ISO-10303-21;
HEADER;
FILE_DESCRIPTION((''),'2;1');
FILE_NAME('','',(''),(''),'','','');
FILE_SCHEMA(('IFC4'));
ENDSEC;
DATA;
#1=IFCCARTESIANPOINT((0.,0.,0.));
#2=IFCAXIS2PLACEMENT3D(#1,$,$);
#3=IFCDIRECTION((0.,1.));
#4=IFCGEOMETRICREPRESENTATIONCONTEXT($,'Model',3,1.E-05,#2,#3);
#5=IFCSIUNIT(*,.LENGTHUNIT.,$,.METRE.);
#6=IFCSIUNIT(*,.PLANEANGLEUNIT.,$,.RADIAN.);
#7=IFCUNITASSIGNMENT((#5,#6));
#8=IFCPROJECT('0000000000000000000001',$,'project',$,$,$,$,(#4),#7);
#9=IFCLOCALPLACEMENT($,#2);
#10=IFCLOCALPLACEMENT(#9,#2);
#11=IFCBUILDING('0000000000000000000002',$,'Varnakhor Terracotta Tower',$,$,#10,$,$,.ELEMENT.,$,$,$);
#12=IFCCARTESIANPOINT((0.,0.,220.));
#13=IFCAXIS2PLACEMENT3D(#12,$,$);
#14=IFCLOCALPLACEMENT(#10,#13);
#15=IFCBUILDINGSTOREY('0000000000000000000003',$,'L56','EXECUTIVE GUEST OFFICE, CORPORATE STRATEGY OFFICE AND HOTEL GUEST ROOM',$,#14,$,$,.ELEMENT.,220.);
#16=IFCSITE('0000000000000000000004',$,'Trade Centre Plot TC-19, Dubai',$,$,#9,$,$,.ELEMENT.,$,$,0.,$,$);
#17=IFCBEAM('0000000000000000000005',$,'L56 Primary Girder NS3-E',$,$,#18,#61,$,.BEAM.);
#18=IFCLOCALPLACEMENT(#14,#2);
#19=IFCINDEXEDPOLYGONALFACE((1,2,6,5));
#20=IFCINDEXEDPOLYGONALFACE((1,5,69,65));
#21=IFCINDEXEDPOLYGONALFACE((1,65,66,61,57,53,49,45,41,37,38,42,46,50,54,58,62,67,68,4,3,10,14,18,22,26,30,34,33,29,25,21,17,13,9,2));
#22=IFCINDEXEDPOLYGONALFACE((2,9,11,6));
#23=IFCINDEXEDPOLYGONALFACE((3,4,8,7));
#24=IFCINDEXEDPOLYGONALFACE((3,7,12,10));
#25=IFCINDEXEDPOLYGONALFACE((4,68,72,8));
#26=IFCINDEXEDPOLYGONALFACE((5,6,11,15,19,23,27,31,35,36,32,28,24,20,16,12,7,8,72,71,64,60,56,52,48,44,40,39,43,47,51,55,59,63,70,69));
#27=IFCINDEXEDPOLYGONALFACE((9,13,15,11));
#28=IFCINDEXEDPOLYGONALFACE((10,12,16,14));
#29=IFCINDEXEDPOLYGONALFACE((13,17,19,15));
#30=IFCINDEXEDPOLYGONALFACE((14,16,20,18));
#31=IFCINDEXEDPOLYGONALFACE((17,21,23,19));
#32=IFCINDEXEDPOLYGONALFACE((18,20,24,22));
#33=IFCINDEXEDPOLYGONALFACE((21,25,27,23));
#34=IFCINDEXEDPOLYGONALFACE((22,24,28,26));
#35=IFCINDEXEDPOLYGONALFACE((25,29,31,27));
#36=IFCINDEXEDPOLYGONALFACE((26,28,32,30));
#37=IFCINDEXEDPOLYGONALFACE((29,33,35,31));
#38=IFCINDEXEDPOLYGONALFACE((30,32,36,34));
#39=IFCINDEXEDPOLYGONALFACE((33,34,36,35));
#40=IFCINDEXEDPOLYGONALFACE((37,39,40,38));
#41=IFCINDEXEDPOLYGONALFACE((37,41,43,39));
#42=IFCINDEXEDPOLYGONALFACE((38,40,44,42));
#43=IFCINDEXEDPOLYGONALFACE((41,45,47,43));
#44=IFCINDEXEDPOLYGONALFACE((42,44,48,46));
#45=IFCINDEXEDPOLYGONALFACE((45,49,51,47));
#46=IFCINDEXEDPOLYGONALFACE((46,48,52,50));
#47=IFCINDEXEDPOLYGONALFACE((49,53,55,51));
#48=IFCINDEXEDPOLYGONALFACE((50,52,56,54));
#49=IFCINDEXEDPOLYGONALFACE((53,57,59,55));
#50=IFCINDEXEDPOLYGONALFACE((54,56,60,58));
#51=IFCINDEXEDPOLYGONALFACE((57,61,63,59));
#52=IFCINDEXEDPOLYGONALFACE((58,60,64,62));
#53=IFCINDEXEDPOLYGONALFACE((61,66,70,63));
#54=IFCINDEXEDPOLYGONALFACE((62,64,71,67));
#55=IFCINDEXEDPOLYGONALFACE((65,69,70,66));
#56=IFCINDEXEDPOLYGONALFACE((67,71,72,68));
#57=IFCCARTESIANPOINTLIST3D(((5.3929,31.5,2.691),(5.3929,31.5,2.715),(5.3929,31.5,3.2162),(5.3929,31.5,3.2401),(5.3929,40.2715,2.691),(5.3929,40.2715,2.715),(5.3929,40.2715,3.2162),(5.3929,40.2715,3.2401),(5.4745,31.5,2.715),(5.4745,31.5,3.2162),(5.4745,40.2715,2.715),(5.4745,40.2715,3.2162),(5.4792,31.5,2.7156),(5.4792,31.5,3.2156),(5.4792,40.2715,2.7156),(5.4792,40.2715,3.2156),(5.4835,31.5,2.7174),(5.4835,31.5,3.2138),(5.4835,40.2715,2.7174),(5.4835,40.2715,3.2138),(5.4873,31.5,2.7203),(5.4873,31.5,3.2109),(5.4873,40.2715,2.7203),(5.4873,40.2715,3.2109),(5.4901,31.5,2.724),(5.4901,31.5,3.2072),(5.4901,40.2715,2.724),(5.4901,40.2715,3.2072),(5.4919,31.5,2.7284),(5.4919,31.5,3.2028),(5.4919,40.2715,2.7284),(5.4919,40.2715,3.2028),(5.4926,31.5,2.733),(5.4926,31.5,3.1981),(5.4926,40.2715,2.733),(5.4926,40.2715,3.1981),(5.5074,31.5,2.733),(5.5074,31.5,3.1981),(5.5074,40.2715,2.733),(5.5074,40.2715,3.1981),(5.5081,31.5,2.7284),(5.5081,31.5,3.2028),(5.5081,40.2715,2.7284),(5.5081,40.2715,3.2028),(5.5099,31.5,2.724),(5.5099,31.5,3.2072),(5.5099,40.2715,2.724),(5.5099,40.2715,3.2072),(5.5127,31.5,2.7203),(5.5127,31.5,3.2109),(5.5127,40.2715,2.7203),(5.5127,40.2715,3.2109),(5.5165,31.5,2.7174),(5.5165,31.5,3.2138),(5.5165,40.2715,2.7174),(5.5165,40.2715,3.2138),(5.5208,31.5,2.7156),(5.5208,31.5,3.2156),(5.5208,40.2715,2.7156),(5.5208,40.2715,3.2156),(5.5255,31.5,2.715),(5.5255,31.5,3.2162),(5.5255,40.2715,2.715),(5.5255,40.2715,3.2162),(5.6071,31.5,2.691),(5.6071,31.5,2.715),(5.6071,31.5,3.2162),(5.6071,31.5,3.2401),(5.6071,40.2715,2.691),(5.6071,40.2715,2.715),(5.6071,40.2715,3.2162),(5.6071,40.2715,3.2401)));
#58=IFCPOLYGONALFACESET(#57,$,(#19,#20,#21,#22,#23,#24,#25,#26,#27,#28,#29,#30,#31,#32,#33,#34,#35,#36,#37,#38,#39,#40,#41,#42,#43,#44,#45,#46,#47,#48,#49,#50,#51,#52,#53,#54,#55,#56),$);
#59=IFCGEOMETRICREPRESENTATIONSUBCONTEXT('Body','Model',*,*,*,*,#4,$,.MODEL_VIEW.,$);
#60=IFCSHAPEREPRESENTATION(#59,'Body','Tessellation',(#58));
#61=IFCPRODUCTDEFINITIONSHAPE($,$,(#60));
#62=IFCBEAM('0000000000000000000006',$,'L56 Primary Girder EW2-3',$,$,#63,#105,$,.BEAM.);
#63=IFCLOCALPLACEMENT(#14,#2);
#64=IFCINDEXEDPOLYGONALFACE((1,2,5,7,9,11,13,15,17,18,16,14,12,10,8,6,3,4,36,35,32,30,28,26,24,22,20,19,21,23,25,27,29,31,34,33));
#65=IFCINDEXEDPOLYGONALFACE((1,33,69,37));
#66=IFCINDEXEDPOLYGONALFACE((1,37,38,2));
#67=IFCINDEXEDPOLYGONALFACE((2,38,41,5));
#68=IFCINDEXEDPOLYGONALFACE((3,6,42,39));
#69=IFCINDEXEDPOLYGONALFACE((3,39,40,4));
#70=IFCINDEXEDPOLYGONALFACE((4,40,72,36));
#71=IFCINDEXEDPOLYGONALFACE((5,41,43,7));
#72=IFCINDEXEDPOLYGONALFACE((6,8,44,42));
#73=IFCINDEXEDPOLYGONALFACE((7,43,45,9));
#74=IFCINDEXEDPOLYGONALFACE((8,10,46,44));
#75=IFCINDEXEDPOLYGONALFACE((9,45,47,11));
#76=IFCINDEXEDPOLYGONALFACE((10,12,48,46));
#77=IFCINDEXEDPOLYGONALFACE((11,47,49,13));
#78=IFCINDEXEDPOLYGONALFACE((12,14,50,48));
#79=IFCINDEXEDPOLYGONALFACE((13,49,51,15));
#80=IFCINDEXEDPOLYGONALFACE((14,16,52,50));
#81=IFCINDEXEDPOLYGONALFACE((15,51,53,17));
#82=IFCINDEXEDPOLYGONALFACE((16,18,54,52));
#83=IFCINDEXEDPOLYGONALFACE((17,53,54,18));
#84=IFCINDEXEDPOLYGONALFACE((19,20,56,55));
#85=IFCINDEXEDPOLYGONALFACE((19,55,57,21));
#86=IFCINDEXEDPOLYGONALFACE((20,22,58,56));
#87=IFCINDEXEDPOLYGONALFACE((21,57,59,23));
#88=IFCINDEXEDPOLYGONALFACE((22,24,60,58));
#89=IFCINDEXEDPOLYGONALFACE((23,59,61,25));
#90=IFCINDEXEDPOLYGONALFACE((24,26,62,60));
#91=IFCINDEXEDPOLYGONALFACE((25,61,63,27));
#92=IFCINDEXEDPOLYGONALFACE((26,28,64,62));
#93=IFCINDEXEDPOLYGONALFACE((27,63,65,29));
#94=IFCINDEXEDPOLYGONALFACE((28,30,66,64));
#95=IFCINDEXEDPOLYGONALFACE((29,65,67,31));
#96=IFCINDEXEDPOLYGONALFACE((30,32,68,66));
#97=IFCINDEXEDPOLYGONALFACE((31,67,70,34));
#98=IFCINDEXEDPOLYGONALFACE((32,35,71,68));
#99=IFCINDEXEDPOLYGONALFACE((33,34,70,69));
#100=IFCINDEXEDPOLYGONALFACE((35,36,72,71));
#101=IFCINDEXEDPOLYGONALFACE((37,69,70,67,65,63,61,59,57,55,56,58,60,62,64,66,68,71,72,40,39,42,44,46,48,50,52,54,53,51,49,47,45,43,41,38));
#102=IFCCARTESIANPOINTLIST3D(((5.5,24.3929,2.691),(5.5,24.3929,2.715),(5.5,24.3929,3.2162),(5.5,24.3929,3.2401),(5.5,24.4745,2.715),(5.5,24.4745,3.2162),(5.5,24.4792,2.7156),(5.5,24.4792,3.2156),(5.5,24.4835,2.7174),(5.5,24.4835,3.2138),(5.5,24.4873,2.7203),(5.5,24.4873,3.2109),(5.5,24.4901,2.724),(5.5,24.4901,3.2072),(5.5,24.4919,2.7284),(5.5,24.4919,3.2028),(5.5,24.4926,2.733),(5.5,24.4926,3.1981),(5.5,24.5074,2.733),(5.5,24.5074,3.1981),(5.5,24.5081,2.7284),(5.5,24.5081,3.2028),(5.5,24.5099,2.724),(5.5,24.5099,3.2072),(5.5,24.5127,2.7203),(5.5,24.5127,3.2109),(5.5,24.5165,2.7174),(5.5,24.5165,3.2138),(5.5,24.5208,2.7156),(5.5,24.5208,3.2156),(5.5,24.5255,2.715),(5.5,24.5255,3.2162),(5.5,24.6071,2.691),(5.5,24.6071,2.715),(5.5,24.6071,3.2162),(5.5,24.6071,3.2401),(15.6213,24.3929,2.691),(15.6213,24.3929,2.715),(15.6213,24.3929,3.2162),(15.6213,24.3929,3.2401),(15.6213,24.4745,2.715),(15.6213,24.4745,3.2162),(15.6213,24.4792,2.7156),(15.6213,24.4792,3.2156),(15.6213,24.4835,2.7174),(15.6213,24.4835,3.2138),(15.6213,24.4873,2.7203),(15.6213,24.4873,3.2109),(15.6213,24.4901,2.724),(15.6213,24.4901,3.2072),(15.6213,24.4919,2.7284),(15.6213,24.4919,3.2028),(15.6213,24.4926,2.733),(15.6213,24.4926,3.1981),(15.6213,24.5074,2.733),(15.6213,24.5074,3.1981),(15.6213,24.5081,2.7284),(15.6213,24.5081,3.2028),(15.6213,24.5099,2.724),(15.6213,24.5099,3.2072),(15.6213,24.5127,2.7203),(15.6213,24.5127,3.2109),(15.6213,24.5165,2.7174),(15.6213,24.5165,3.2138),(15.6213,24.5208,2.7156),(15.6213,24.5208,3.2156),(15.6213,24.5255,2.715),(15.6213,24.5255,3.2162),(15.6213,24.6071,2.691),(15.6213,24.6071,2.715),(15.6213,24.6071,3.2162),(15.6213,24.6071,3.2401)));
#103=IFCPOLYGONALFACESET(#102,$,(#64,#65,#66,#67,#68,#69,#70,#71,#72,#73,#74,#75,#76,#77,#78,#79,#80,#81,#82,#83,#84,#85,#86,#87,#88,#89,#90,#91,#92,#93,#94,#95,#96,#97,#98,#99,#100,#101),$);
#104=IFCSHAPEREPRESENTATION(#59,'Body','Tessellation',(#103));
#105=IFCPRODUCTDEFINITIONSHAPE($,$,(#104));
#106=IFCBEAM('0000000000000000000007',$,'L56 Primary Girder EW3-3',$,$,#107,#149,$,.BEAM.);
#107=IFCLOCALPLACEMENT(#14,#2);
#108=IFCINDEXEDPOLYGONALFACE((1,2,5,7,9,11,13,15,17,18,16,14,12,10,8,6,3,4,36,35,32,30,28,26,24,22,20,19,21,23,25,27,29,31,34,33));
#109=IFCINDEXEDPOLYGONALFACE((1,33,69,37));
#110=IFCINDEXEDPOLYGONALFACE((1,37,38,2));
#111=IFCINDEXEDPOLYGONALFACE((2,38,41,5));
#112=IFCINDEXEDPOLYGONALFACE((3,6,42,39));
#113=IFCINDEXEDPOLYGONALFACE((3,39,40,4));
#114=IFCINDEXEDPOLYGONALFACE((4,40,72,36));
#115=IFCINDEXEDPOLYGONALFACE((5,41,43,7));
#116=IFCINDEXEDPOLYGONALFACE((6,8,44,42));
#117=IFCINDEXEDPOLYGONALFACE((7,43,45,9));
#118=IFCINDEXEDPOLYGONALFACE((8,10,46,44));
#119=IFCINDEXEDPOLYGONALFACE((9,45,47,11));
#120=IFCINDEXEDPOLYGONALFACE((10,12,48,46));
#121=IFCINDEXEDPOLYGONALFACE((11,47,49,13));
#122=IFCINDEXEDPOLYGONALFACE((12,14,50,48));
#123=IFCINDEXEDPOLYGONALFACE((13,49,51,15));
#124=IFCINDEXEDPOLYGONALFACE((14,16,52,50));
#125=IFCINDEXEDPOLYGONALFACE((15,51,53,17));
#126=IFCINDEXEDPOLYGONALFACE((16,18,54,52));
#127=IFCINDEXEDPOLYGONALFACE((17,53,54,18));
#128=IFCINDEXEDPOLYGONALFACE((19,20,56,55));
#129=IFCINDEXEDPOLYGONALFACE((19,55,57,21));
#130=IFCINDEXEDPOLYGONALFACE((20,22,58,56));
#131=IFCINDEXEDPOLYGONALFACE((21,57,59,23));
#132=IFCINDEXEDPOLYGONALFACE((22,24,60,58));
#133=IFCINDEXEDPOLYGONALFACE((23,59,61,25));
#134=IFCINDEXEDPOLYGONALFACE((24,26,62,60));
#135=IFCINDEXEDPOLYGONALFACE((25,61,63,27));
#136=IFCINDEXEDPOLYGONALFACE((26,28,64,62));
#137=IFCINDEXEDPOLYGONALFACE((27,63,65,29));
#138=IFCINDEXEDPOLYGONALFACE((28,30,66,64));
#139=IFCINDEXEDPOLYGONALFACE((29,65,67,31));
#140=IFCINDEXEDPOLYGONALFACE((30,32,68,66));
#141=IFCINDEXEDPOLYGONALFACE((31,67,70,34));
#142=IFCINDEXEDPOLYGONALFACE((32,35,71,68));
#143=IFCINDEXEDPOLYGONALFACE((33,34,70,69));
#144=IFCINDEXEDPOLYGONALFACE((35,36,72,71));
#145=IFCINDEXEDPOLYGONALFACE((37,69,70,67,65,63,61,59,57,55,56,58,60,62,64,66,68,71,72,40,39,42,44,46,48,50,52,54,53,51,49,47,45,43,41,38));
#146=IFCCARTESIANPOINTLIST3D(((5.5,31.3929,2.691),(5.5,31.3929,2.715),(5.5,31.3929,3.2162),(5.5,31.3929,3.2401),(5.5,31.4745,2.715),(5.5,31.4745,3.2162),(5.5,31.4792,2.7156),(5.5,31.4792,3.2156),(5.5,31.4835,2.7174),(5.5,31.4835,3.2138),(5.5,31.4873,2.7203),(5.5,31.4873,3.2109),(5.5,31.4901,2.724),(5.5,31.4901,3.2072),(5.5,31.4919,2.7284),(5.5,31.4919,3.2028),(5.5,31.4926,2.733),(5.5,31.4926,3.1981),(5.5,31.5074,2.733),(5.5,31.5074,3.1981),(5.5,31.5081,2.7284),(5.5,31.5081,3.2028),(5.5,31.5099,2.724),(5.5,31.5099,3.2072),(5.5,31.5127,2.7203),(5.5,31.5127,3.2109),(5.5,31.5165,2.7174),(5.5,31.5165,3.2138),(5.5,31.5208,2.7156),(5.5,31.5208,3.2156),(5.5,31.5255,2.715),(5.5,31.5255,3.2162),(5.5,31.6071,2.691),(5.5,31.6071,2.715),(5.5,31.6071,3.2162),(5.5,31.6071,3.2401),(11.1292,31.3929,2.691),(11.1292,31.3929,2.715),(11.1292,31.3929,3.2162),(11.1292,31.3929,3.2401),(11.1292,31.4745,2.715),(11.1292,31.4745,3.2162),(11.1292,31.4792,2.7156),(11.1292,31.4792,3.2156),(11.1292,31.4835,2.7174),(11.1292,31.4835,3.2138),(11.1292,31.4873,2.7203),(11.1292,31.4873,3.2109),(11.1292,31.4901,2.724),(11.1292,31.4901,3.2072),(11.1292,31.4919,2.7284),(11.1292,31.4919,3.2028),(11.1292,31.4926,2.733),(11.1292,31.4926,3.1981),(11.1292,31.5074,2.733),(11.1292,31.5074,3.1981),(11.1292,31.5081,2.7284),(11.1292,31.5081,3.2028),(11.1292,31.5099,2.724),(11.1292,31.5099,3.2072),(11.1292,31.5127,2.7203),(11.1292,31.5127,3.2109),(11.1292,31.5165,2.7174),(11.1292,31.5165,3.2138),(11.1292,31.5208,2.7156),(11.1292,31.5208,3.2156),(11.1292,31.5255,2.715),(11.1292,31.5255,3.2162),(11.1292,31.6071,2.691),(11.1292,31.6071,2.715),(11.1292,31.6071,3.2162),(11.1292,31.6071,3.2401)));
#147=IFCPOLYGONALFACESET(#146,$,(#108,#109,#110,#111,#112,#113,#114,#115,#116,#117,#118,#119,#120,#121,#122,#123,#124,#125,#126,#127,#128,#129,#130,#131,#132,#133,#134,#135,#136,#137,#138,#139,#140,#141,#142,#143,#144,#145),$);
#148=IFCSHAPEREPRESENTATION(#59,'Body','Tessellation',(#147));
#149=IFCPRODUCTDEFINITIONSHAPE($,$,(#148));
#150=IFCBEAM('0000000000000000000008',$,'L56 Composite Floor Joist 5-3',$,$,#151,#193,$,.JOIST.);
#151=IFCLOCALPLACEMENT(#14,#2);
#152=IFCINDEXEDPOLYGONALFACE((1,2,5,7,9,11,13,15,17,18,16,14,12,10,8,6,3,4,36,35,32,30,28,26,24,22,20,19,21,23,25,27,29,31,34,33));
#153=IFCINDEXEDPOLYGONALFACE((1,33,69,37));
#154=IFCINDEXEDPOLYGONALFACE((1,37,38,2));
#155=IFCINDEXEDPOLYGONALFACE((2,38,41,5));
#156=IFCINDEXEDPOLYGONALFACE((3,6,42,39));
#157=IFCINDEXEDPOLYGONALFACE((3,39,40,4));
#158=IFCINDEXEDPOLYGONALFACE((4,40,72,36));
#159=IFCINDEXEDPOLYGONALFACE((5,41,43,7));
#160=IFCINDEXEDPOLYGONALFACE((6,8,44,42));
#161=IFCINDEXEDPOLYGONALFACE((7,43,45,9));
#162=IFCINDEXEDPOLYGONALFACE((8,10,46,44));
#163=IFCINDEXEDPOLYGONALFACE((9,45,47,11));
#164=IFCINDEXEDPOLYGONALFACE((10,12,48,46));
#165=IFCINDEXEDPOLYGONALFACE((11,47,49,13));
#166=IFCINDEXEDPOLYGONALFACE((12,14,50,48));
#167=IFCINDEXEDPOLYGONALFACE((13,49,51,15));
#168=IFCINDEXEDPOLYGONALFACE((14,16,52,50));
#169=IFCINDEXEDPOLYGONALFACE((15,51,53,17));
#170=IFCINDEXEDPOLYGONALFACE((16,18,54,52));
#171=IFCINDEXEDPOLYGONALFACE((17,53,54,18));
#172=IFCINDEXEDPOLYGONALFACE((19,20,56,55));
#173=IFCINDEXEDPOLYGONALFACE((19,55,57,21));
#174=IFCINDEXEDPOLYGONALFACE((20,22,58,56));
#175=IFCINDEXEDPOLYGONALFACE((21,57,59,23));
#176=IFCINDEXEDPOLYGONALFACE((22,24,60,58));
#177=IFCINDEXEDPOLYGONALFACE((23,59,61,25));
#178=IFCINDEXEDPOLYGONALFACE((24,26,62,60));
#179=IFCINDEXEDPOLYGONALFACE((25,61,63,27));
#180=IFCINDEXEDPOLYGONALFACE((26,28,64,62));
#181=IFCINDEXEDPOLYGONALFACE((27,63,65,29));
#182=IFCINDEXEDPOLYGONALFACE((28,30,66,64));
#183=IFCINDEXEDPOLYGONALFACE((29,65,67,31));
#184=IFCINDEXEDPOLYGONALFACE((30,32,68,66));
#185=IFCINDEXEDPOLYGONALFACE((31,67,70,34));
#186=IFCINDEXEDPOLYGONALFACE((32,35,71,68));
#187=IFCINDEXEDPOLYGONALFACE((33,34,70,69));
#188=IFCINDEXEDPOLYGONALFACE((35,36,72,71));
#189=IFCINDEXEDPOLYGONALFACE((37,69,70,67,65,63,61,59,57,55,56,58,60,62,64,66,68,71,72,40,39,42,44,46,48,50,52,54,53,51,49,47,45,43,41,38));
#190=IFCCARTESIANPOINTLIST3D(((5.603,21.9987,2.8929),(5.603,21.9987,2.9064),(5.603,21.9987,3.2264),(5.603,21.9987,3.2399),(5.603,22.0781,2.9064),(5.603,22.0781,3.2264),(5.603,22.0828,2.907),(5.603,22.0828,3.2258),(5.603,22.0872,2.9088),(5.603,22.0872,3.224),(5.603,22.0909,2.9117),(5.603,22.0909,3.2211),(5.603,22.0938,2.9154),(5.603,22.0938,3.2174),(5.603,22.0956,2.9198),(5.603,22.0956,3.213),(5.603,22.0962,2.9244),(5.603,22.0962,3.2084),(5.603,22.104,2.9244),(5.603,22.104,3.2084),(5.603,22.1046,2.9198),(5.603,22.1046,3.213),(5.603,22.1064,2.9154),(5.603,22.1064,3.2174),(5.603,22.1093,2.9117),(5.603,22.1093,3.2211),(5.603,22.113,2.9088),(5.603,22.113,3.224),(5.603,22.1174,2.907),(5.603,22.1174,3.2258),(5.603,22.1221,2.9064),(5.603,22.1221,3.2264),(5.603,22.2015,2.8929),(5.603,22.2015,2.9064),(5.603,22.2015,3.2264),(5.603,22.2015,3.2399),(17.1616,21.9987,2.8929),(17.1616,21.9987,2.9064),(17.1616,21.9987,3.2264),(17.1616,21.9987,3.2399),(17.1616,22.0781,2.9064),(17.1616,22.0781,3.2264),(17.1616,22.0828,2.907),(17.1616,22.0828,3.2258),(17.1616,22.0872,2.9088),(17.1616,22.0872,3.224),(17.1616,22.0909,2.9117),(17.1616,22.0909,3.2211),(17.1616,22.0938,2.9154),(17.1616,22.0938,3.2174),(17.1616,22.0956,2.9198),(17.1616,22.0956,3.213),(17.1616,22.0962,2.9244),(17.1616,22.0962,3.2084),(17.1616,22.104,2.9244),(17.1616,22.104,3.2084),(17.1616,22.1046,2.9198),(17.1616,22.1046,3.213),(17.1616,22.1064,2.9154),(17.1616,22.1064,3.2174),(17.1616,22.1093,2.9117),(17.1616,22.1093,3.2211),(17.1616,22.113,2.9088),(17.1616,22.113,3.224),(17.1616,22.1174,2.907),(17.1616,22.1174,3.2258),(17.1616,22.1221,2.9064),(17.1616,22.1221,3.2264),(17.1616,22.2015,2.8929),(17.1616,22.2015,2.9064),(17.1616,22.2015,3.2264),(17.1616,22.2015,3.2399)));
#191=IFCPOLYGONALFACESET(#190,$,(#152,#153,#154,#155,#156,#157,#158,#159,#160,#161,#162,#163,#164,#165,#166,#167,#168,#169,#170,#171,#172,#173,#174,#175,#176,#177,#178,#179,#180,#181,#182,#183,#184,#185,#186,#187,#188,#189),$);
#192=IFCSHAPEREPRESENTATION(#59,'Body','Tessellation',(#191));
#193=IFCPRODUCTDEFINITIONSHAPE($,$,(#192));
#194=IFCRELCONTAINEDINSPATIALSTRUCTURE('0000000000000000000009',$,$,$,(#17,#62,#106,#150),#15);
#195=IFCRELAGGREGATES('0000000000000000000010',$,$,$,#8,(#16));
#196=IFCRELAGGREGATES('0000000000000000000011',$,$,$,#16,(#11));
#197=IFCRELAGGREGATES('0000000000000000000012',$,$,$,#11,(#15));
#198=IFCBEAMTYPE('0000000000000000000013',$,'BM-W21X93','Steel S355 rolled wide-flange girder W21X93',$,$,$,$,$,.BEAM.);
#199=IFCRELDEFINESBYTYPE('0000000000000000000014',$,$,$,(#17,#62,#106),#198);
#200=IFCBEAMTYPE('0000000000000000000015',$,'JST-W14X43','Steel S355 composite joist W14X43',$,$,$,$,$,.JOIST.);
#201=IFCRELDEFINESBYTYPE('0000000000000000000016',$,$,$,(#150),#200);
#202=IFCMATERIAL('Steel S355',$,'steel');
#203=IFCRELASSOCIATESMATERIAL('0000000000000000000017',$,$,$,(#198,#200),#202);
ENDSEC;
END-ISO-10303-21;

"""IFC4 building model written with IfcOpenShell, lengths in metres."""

from ifc_helpers import new_model, si_unit, direction, frame, origin, origin_2d, place, context, subcontext, project, spatial, i_section, extrude, source, transform, mapped, material, material_profile, profile_set, type_object, element, save


model = new_model("IFC4")

# Units and contexts
model_context = context("Model", 3, precision=1e-05, world=origin(), true_north=direction((0.0, 1.0)))
body_context = subcontext(model_context, "Body", "Model", "MODEL_VIEW")
ifc_project = project(units=[si_unit("LENGTHUNIT", "METRE"), si_unit("PLANEANGLEUNIT", "RADIAN")], contexts=[model_context])

# Site, building, storey
site_placement = place(None, origin())
site = spatial("IfcSite", under=ifc_project, at=site_placement, Name="Trade Centre Plot TC-19, Dubai", CompositionType="ELEMENT", RefElevation=0.0)
building_placement = place(site_placement, origin())
building = spatial("IfcBuilding", under=site, at=building_placement, Name="Varnakhor Terracotta Tower", CompositionType="ELEMENT")
storey_placement = place(building_placement, frame((0.0, 0.0, 220.0)))
storey = spatial("IfcBuildingStorey", under=building, at=storey_placement, Name="L56", Description="EXECUTIVE GUEST OFFICE, CORPORATE STRATEGY OFFICE AND HOTEL GUEST ROOM", CompositionType="ELEMENT", Elevation=220.0)

# Beams
ifc_material_1 = material(Name="Steel S355", Category="steel")
ifc_material_profile_1 = material_profile(ifc_material_1, i_section(OverallWidth=0.2141, OverallDepth=0.5491, WebThickness=0.0149, FlangeThickness=0.0239, FilletRadius=0.0181, at=origin_2d()), Name="W21X93")
ifc_profile_set_1 = profile_set([ifc_material_profile_1], Name="Steel S355")
beam_type_1 = type_object("IfcBeamType", Name="BM-W21X93", Description="Steel S355 rolled wide-flange girder W21X93", PredefinedType="BEAM", material=ifc_profile_set_1)
shared_shape_1 = source(origin(), body_context, "Body", "SweptSolid", [
    extrude(i_section(OverallWidth=0.2141, OverallDepth=0.5491, WebThickness=0.0149, FlangeThickness=0.0239, FilletRadius=0.0181, at=origin_2d()), origin(), (0.0, 0.0, 1.0), 8.7715),
])
beam_1_placement = place(storey_placement, frame((5.5, 31.5, 2.9656), z_axis=(0.0, 1.0, 0.0), x_axis=(-1.0, 0.0, 0.0)))
element("IfcBeam", 1, at=beam_1_placement, inside=storey, type_object=beam_type_1, Name="L56 Primary Girder NS3-E", PredefinedType="BEAM", context=body_context, shape_type="MappedRepresentation", body=[
    mapped(shared_shape_1, transform((0.0, 0.0, 0.0), scale=1.0)),
])
shared_shape_2 = source(origin(), body_context, "Body", "SweptSolid", [
    extrude(i_section(OverallWidth=0.2141, OverallDepth=0.5491, WebThickness=0.0149, FlangeThickness=0.0239, FilletRadius=0.0181, at=origin_2d()), origin(), (0.0, 0.0, 1.0), 10.1213),
])
beam_2_placement = place(storey_placement, frame((5.5, 24.5, 2.9656), z_axis=(1.0, 0.0, 0.0), x_axis=(0.0, 1.0, 0.0)))
element("IfcBeam", 2, at=beam_2_placement, inside=storey, type_object=beam_type_1, Name="L56 Primary Girder EW2-3", PredefinedType="BEAM", context=body_context, shape_type="MappedRepresentation", body=[
    mapped(shared_shape_2, transform((0.0, 0.0, 0.0), scale=1.0)),
])
shared_shape_3 = source(origin(), body_context, "Body", "SweptSolid", [
    extrude(i_section(OverallWidth=0.2141, OverallDepth=0.5491, WebThickness=0.0149, FlangeThickness=0.0239, FilletRadius=0.0181, at=origin_2d()), origin(), (0.0, 0.0, 1.0), 5.6292),
])
beam_3_placement = place(storey_placement, frame((5.5, 31.5, 2.9656), z_axis=(1.0, 0.0, 0.0), x_axis=(0.0, 1.0, 0.0)))
element("IfcBeam", 3, at=beam_3_placement, inside=storey, type_object=beam_type_1, Name="L56 Primary Girder EW3-3", PredefinedType="BEAM", context=body_context, shape_type="MappedRepresentation", body=[
    mapped(shared_shape_3, transform((0.0, 0.0, 0.0), scale=1.0)),
])
ifc_material_profile_2 = material_profile(ifc_material_1, i_section(OverallWidth=0.2029, OverallDepth=0.3469, WebThickness=0.0078, FlangeThickness=0.0134, FilletRadius=0.0181, at=origin_2d()), Name="W14X43")
ifc_profile_set_2 = profile_set([ifc_material_profile_2], Name="Steel S355")
beam_type_2 = type_object("IfcBeamType", Name="JST-W14X43", Description="Steel S355 composite joist W14X43", PredefinedType="JOIST", material=ifc_profile_set_2)
shared_shape_4 = source(origin(), body_context, "Body", "SweptSolid", [
    extrude(i_section(OverallWidth=0.2029, OverallDepth=0.3469, WebThickness=0.0078, FlangeThickness=0.0134, FilletRadius=0.0181, at=origin_2d()), origin(), (0.0, 0.0, 1.0), 11.5586),
])
beam_4_placement = place(storey_placement, frame((5.603, 22.1001, 3.0664), z_axis=(1.0, 0.0, 0.0), x_axis=(0.0, 1.0, 0.0)))
element("IfcBeam", 4, at=beam_4_placement, inside=storey, type_object=beam_type_2, Name="L56 Composite Floor Joist 5-3", PredefinedType="JOIST", context=body_context, shape_type="MappedRepresentation", body=[
    mapped(shared_shape_4, transform((0.0, 0.0, 0.0), scale=1.0)),
])

save(model, "model.ifc")
